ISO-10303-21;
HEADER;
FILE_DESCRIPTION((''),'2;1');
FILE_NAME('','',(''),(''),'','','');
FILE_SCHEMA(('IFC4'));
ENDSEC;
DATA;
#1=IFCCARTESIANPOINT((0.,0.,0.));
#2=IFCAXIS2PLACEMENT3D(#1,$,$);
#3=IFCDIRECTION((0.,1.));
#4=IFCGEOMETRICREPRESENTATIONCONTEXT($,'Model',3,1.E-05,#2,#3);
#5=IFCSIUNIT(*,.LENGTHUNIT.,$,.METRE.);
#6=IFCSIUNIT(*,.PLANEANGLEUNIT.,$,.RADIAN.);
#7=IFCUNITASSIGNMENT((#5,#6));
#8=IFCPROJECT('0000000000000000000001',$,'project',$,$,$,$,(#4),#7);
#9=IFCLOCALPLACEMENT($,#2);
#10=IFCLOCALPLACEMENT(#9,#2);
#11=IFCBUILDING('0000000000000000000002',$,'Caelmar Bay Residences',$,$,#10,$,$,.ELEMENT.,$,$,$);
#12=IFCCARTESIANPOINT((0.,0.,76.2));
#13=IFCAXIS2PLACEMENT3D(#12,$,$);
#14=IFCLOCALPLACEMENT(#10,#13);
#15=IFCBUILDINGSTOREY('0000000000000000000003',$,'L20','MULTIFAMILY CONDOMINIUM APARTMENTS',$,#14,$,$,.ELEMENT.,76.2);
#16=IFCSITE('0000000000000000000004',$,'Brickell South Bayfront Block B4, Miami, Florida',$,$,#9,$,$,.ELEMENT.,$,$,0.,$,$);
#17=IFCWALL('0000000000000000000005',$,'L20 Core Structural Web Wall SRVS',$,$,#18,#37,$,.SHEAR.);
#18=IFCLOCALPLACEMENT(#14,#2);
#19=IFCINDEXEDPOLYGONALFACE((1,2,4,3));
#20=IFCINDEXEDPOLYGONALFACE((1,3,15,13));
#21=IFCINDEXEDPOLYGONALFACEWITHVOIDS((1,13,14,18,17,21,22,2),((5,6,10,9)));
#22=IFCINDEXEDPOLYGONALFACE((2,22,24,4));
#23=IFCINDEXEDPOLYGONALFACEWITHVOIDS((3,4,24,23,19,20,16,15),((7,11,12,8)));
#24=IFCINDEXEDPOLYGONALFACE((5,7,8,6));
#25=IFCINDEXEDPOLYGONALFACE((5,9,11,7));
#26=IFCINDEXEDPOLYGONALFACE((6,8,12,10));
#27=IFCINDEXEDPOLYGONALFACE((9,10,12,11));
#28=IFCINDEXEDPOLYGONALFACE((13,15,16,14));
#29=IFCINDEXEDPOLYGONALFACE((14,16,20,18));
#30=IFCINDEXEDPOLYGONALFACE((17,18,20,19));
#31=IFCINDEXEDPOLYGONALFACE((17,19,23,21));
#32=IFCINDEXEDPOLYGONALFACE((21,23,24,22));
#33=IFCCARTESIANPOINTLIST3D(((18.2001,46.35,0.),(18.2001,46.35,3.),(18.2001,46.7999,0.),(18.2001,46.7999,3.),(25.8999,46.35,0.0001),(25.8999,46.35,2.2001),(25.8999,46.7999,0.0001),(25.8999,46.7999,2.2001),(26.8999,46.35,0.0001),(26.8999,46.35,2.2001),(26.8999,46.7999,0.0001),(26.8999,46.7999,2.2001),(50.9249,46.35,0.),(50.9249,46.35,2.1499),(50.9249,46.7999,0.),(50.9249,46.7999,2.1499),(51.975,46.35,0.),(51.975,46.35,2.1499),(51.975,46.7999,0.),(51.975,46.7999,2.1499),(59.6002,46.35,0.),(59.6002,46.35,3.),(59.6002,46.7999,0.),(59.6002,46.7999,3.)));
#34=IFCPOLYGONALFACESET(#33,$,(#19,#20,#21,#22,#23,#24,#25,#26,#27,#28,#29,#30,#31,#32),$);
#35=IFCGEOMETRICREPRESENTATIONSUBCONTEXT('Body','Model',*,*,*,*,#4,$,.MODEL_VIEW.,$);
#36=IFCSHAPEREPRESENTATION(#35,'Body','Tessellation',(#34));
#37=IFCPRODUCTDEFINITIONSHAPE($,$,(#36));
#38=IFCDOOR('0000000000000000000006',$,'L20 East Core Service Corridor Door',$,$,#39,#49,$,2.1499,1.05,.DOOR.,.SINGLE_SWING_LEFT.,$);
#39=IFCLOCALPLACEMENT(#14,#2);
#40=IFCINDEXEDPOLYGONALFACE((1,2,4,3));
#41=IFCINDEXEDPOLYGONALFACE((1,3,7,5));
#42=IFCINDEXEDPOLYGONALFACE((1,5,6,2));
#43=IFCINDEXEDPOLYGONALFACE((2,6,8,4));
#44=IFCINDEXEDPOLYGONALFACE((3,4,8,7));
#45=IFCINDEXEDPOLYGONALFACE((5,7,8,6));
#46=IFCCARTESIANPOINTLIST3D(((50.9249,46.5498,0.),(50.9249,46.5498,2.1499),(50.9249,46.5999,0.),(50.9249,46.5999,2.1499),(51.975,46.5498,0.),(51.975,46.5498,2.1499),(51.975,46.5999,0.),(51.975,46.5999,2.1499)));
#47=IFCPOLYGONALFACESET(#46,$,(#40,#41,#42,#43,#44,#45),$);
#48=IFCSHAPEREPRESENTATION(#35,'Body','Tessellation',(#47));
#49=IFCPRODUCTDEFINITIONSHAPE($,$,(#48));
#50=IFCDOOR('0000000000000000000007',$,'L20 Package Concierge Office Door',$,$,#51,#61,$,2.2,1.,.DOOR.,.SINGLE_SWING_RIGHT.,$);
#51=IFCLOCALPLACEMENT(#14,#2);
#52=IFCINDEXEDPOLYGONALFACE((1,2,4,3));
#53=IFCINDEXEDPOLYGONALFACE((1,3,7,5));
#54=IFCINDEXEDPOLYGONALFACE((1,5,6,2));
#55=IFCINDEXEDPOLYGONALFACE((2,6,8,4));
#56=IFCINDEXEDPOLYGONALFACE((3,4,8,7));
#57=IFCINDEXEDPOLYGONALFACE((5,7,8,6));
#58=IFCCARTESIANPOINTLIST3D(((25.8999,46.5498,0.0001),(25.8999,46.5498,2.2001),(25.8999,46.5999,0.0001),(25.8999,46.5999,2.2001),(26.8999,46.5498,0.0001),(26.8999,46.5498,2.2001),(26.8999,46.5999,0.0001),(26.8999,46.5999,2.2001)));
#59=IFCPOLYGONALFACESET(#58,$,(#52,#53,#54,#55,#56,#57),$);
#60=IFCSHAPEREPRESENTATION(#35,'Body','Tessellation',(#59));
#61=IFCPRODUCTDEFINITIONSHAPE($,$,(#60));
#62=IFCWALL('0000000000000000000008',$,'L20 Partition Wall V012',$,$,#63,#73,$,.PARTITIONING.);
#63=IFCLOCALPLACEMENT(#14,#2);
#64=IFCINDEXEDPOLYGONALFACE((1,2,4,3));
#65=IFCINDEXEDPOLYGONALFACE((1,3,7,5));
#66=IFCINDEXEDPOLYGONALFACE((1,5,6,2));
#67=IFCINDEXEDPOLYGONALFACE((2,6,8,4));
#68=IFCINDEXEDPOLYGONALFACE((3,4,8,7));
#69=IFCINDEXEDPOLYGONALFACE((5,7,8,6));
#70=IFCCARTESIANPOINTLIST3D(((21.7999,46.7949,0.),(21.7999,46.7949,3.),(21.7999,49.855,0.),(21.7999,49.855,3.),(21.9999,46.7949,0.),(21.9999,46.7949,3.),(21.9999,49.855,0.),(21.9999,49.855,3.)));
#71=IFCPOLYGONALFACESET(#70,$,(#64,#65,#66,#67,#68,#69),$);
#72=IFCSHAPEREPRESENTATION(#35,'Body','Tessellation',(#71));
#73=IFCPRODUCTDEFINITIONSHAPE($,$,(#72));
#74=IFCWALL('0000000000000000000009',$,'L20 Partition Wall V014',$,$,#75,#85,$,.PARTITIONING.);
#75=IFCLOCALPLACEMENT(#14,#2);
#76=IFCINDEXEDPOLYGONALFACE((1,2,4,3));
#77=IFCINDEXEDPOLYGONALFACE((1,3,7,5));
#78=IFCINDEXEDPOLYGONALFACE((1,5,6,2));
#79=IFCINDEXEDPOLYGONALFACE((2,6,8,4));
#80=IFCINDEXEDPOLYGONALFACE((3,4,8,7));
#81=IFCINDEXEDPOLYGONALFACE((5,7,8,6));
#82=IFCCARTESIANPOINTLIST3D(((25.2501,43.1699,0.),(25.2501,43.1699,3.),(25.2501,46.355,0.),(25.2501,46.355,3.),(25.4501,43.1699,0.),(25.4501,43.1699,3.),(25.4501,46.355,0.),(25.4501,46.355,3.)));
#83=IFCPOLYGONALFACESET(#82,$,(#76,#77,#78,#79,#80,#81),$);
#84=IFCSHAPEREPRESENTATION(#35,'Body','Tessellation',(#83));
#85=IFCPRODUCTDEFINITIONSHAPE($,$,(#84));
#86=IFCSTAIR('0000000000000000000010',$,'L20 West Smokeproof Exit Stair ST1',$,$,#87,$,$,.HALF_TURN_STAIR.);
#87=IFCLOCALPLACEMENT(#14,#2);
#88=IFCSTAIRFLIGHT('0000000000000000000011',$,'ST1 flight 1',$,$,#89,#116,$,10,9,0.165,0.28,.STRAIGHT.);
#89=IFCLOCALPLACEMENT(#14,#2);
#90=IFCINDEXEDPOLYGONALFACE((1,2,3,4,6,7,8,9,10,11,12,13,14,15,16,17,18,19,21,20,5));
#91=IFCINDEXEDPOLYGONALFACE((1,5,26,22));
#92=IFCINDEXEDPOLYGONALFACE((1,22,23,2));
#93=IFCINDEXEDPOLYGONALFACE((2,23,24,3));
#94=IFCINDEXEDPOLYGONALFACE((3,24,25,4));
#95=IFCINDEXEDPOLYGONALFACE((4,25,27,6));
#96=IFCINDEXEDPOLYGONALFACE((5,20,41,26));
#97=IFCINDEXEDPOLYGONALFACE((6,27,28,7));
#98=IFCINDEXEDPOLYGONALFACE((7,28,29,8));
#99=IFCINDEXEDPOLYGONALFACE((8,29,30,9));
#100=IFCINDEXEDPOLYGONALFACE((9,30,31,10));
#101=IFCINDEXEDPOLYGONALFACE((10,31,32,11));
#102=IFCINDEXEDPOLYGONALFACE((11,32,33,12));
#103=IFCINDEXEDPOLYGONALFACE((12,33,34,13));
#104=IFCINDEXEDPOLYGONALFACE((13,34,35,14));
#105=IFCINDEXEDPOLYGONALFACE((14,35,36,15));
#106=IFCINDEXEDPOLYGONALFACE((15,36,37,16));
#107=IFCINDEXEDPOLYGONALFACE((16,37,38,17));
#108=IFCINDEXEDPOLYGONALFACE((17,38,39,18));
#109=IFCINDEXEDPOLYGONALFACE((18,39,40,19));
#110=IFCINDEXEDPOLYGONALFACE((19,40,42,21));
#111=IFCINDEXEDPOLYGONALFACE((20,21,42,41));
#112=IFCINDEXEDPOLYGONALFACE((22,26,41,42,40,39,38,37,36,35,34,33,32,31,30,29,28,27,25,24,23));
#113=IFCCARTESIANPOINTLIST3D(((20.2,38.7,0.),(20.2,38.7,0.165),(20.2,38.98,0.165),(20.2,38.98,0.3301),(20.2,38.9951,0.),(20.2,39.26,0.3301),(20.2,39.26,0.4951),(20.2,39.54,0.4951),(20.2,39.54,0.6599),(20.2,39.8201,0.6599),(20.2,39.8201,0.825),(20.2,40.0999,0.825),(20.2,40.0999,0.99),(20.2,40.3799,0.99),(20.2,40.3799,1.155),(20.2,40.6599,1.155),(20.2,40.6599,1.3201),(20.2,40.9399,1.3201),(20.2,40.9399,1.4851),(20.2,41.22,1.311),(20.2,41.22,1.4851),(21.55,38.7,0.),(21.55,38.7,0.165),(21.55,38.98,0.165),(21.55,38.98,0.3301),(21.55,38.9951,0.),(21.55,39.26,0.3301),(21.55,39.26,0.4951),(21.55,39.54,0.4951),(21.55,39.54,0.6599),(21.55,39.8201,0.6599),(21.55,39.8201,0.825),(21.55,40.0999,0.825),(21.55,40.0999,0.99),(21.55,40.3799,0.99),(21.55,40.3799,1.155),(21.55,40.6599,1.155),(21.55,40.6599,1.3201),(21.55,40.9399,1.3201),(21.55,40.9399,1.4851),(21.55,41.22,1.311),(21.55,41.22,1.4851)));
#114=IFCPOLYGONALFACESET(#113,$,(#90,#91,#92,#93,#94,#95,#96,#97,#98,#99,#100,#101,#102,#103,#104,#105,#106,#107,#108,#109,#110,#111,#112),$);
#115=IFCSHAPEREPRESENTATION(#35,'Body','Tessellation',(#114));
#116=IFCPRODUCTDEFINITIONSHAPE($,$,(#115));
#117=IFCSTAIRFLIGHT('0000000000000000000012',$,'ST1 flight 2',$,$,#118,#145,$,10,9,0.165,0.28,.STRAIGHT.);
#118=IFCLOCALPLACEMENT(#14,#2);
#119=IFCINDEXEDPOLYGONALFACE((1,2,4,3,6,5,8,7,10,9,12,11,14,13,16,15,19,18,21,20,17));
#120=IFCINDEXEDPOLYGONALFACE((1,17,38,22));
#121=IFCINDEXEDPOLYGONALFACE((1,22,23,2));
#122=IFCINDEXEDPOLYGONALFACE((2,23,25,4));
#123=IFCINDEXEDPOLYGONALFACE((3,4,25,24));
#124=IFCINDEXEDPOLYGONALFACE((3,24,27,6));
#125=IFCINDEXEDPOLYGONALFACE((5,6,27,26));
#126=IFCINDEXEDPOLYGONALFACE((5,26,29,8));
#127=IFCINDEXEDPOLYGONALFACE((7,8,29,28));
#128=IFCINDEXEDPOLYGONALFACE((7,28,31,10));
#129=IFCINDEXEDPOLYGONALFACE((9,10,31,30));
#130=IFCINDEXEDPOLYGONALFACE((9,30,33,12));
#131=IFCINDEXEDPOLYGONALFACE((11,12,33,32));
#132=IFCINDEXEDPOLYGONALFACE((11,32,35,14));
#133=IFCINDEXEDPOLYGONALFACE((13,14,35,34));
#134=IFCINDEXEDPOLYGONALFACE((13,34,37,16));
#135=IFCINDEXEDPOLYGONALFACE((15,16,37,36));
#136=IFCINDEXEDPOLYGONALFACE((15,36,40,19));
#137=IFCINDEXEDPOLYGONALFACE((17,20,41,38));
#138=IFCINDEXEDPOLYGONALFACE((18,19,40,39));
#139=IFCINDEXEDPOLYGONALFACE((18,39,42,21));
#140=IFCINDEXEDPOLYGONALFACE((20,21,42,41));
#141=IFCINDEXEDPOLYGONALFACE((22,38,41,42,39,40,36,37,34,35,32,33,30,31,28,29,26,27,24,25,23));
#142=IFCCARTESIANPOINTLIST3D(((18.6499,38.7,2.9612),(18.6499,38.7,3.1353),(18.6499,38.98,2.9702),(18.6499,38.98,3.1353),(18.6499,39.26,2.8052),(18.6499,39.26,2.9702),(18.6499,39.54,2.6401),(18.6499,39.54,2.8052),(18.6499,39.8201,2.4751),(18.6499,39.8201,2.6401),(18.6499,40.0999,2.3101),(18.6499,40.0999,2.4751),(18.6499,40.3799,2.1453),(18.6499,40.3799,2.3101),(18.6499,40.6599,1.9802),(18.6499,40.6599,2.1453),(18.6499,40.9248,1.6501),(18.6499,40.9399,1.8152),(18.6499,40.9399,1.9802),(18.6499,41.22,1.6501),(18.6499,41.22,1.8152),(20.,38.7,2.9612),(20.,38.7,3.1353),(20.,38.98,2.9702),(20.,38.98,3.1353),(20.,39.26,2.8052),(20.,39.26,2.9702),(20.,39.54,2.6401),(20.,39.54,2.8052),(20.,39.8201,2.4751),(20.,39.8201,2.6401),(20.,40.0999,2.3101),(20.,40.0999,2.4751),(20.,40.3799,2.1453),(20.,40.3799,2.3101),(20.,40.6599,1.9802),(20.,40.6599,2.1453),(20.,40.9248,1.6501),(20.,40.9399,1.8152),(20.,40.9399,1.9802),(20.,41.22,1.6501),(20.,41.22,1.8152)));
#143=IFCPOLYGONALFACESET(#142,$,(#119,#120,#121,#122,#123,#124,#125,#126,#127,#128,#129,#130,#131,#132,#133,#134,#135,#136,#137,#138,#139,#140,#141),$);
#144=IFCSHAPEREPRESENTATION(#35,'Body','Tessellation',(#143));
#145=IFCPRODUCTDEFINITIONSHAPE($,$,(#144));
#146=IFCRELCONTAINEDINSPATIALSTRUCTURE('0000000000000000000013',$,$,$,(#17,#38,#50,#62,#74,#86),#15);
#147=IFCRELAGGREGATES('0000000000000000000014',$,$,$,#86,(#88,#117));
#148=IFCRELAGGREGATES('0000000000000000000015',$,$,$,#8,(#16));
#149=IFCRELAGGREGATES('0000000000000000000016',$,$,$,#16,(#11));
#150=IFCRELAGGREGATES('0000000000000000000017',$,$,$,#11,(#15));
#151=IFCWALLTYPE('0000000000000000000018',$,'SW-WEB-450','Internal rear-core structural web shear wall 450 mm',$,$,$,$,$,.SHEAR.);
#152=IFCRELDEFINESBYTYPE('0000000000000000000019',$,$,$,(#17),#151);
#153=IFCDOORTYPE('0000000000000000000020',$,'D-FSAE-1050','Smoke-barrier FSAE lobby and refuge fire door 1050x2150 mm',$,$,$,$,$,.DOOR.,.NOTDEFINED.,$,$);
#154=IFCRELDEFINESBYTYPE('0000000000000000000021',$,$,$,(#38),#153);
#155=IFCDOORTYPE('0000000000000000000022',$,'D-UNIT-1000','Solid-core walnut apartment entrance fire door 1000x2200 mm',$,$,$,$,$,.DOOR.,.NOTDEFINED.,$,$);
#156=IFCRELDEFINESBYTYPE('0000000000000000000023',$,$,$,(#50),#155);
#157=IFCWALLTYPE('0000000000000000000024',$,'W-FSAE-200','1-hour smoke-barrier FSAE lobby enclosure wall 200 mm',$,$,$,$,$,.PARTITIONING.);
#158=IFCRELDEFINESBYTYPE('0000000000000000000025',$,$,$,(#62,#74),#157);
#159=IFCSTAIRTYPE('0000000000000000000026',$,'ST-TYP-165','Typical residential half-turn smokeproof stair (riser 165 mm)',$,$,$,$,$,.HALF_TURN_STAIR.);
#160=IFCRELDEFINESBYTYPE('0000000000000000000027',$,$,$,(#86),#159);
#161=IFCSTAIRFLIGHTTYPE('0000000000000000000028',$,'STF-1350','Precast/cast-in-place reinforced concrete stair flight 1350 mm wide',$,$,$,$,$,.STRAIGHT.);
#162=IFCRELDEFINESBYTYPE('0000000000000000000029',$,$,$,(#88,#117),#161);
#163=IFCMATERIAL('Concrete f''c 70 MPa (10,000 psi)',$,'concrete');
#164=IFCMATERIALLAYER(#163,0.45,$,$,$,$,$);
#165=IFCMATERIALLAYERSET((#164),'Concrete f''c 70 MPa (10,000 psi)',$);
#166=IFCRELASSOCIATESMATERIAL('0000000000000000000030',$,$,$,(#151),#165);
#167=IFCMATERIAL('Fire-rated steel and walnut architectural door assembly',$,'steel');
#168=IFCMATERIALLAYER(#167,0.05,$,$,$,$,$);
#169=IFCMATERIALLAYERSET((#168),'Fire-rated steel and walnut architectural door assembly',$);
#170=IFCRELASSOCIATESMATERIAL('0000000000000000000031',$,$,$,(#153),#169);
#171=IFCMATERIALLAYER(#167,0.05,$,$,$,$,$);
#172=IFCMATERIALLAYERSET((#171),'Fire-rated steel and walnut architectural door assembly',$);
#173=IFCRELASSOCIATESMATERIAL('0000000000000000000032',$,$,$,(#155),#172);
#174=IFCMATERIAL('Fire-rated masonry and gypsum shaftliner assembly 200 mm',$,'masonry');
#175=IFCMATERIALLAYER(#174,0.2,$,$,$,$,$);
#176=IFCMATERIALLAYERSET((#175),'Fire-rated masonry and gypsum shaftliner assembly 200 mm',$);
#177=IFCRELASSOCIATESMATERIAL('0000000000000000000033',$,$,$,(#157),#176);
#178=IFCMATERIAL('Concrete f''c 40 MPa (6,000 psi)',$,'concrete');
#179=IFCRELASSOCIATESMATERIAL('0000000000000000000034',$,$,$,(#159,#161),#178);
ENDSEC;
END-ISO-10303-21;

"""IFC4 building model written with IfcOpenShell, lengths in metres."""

from ifc_helpers import new_model, si_unit, direction, frame, frame_2d, origin, place, context, subcontext, project, spatial, polyline, rectangle, outline, extrude, material, layer, layer_set, type_object, element, fill, aggregate, save


model = new_model("IFC4")

# Units and contexts
model_context = context("Model", 3, precision=1e-05, world=origin(), true_north=direction((0.0, 1.0)))
body_context = subcontext(model_context, "Body", "Model", "MODEL_VIEW")
ifc_project = project(units=[si_unit("LENGTHUNIT", "METRE"), si_unit("PLANEANGLEUNIT", "RADIAN")], contexts=[model_context])

# Site, building, storey
site_placement = place(None, origin())
site = spatial("IfcSite", under=ifc_project, at=site_placement, Name="Brickell South Bayfront Block B4, Miami, Florida", CompositionType="ELEMENT", RefElevation=0.0)
building_placement = place(site_placement, origin())
building = spatial("IfcBuilding", under=site, at=building_placement, Name="Caelmar Bay Residences", CompositionType="ELEMENT")
storey_placement = place(building_placement, frame((0.0, 0.0, 76.2)))
storey = spatial("IfcBuildingStorey", under=building, at=storey_placement, Name="L20", Description="MULTIFAMILY CONDOMINIUM APARTMENTS", CompositionType="ELEMENT", Elevation=76.2)

# Shared definitions
ifc_material_1 = material(Name="Concrete f'c 70 MPa (10,000 psi)", Category="concrete")

# Wall, openings, doors
ifc_layer_1 = layer(ifc_material_1, 0.45)
ifc_layer_set_1 = layer_set([ifc_layer_1], Name="Concrete f'c 70 MPa (10,000 psi)")
wall_type_1 = type_object("IfcWallType", Name="SW-WEB-450", Description="Internal rear-core structural web shear wall 450 mm", PredefinedType="SHEAR", material=ifc_layer_set_1)
ifc_material_2 = material(Name="Fire-rated steel and walnut architectural door assembly", Category="steel")
ifc_layer_2 = layer(ifc_material_2, 0.05)
ifc_layer_set_2 = layer_set([ifc_layer_2], Name="Fire-rated steel and walnut architectural door assembly")
door_type_1 = type_object("IfcDoorType", Name="D-FSAE-1050", Description="Smoke-barrier FSAE lobby and refuge fire door 1050x2150 mm", OperationType="NOTDEFINED", PredefinedType="DOOR", material=ifc_layer_set_2)
wall_1_placement = place(storey_placement, frame((18.2, 46.575, 0.0), z_axis=(0.0, 0.0, 1.0), x_axis=(1.0, 0.0, 0.0)))
wall_1 = element("IfcWall", 1, at=wall_1_placement, inside=storey, type_object=wall_type_1, Name="L20 Core Structural Web Wall SRVS", PredefinedType="SHEAR", context=body_context, shape_type="SweptSolid", body=[
    extrude(rectangle(XDim=41.4001, YDim=0.45, at=frame_2d((20.7002, 0.0))), origin(), (0.0, 0.0, 1.0), 3.0),
])
opening_1_placement = place(wall_1_placement, frame((7.7, 0.0, 0.0)))
opening_1 = element("IfcOpeningElement", 2, at=opening_1_placement, cuts=wall_1, PredefinedType="OPENING", context=body_context, shape_type="SweptSolid", body=[
    extrude(rectangle(XDim=1.0, YDim=2.2, at=frame_2d((0.5, 1.1001))), frame((0.0, 0.2349, 0.0), z_axis=(0.0, -1.0, 0.0), x_axis=(1.0, 0.0, 0.0)), (0.0, 0.0, 1.0), 0.47),
])
opening_2_placement = place(wall_1_placement, frame((32.7251, 0.0, 0.0)))
opening_2 = element("IfcOpeningElement", 3, at=opening_2_placement, cuts=wall_1, PredefinedType="OPENING", context=body_context, shape_type="SweptSolid", body=[
    extrude(rectangle(XDim=1.05, YDim=2.1499, at=frame_2d((0.5249, 1.075))), frame((0.0, 0.2349, 0.0), z_axis=(0.0, -1.0, 0.0), x_axis=(1.0, 0.0, 0.0)), (0.0, 0.0, 1.0), 0.47),
])
door_1_placement = place(opening_2_placement, origin())
door_1 = element("IfcDoor", 4, at=door_1_placement, inside=storey, type_object=door_type_1, Name="L20 East Core Service Corridor Door", OperationType="SINGLE_SWING_LEFT", OverallHeight=2.1499, OverallWidth=1.05, PredefinedType="DOOR", context=body_context, shape_type="SweptSolid", body=[
    extrude(rectangle(XDim=1.05, YDim=2.1499, at=frame_2d((0.5249, 1.075))), frame((0.0, 0.0249, 0.0), z_axis=(0.0, -1.0, 0.0), x_axis=(1.0, 0.0, 0.0)), (0.0, 0.0, 1.0), 0.05),
])
fill(opening_2, door_1)
ifc_layer_3 = layer(ifc_material_2, 0.05)
ifc_layer_set_3 = layer_set([ifc_layer_3], Name="Fire-rated steel and walnut architectural door assembly")
door_type_2 = type_object("IfcDoorType", Name="D-UNIT-1000", Description="Solid-core walnut apartment entrance fire door 1000x2200 mm", OperationType="NOTDEFINED", PredefinedType="DOOR", material=ifc_layer_set_3)
door_2_placement = place(opening_1_placement, origin())
door_2 = element("IfcDoor", 5, at=door_2_placement, inside=storey, type_object=door_type_2, Name="L20 Package Concierge Office Door", OperationType="SINGLE_SWING_RIGHT", OverallHeight=2.2, OverallWidth=1.0, PredefinedType="DOOR", context=body_context, shape_type="SweptSolid", body=[
    extrude(rectangle(XDim=1.0, YDim=2.2, at=frame_2d((0.5, 1.1001))), frame((0.0, 0.0249, 0.0), z_axis=(0.0, -1.0, 0.0), x_axis=(1.0, 0.0, 0.0)), (0.0, 0.0, 1.0), 0.05),
])
fill(opening_1, door_2)

# Walls
ifc_material_3 = material(Name="Fire-rated masonry and gypsum shaftliner assembly 200 mm", Category="masonry")
ifc_layer_4 = layer(ifc_material_3, 0.2)
ifc_layer_set_4 = layer_set([ifc_layer_4], Name="Fire-rated masonry and gypsum shaftliner assembly 200 mm")
wall_type_2 = type_object("IfcWallType", Name="W-FSAE-200", Description="1-hour smoke-barrier FSAE lobby enclosure wall 200 mm", PredefinedType="PARTITIONING", material=ifc_layer_set_4)
wall_2_placement = place(storey_placement, frame((21.8999, 46.7949, 0.0), z_axis=(0.0, 0.0, 1.0), x_axis=(0.0, 1.0, 0.0)))
element("IfcWall", 6, at=wall_2_placement, inside=storey, type_object=wall_type_2, Name="L20 Partition Wall V012", PredefinedType="PARTITIONING", context=body_context, shape_type="SweptSolid", body=[
    extrude(rectangle(XDim=3.0601, YDim=0.2, at=frame_2d((1.53, 0.0))), origin(), (0.0, 0.0, 1.0), 3.0),
])
wall_3_placement = place(storey_placement, frame((25.3501, 43.1699, 0.0), z_axis=(0.0, 0.0, 1.0), x_axis=(0.0, 1.0, 0.0)))
element("IfcWall", 7, at=wall_3_placement, inside=storey, type_object=wall_type_2, Name="L20 Partition Wall V014", PredefinedType="PARTITIONING", context=body_context, shape_type="SweptSolid", body=[
    extrude(rectangle(XDim=3.1851, YDim=0.2, at=frame_2d((1.5925, 0.0))), origin(), (0.0, 0.0, 1.0), 3.0),
])

# Stair, stair flights
ifc_material_4 = material(Name="Concrete f'c 40 MPa (6,000 psi)", Category="concrete")
stair_type = type_object("IfcStairType", Name="ST-TYP-165", Description="Typical residential half-turn smokeproof stair (riser 165 mm)", PredefinedType="HALF_TURN_STAIR", material=ifc_material_4)
stair_placement = place(storey_placement, origin())
stair = element("IfcStair", 8, at=stair_placement, inside=storey, type_object=stair_type, Name="L20 West Smokeproof Exit Stair ST1", PredefinedType="HALF_TURN_STAIR")
stair_flight_type = type_object("IfcStairFlightType", Name="STF-1350", Description="Precast/cast-in-place reinforced concrete stair flight 1350 mm wide", PredefinedType="STRAIGHT", material=ifc_material_4)
stair_flight_1_placement = place(storey_placement, frame((20.875, 38.7, 0.0), z_axis=(0.0, 0.0, 1.0), x_axis=(0.0, 1.0, 0.0)))
stair_flight_1 = element("IfcStairFlight", 9, at=stair_flight_1_placement, type_object=stair_flight_type, Name="ST1 flight 1", NumberOfRisers=10, NumberOfTreads=9, PredefinedType="STRAIGHT", RiserHeight=0.165, TreadLength=0.28, context=body_context, shape_type="SweptSolid", body=[
    extrude(outline(polyline([(0.0, 0.0), (0.0, 0.165), (0.28, 0.165), (0.28, 0.3301), (0.5601, 0.3301), (0.5601, 0.4951), (0.8401, 0.4951), (0.8401, 0.6599), (1.1201, 0.6599), (1.1201, 0.825), (1.3999, 0.825), (1.3999, 0.99), (1.6799, 0.99), (1.6799, 1.155), (1.96, 1.155), (1.96, 1.3201), (2.24, 1.3201), (2.24, 1.4851), (2.52, 1.4851), (2.52, 1.6499), (2.52, 1.311), (0.2952, 0.0), (0.0, 0.0)])), frame((0.0, 0.675, 0.0), z_axis=(0.0, -1.0, 0.0), x_axis=(1.0, 0.0, 0.0)), (0.0, 0.0, 1.0), 1.3501),
])
stair_flight_2_placement = place(storey_placement, frame((19.325, 41.22, 1.6501), z_axis=(0.0, 0.0, 1.0), x_axis=(0.0, -1.0, 0.0)))
stair_flight_2 = element("IfcStairFlight", 10, at=stair_flight_2_placement, type_object=stair_flight_type, Name="ST1 flight 2", NumberOfRisers=10, NumberOfTreads=9, PredefinedType="STRAIGHT", RiserHeight=0.165, TreadLength=0.28, context=body_context, shape_type="SweptSolid", body=[
    extrude(outline(polyline([(0.0, 0.0), (0.0, 0.165), (0.28, 0.165), (0.28, 0.3301), (0.5601, 0.3301), (0.5601, 0.4951), (0.8401, 0.4951), (0.8401, 0.6599), (1.1201, 0.6599), (1.1201, 0.825), (1.3999, 0.825), (1.3999, 0.99), (1.6799, 0.99), (1.6799, 1.155), (1.96, 1.155), (1.96, 1.3201), (2.24, 1.3201), (2.24, 1.4851), (2.52, 1.4851), (2.52, 1.6499), (2.52, 1.311), (0.2952, 0.0), (0.0, 0.0)])), frame((0.0, 0.675, 0.0), z_axis=(0.0, -1.0, 0.0), x_axis=(1.0, 0.0, 0.0)), (0.0, 0.0, 1.0), 1.3501),
])
aggregate(stair, [stair_flight_1, stair_flight_2])

save(model, "model.ifc")
